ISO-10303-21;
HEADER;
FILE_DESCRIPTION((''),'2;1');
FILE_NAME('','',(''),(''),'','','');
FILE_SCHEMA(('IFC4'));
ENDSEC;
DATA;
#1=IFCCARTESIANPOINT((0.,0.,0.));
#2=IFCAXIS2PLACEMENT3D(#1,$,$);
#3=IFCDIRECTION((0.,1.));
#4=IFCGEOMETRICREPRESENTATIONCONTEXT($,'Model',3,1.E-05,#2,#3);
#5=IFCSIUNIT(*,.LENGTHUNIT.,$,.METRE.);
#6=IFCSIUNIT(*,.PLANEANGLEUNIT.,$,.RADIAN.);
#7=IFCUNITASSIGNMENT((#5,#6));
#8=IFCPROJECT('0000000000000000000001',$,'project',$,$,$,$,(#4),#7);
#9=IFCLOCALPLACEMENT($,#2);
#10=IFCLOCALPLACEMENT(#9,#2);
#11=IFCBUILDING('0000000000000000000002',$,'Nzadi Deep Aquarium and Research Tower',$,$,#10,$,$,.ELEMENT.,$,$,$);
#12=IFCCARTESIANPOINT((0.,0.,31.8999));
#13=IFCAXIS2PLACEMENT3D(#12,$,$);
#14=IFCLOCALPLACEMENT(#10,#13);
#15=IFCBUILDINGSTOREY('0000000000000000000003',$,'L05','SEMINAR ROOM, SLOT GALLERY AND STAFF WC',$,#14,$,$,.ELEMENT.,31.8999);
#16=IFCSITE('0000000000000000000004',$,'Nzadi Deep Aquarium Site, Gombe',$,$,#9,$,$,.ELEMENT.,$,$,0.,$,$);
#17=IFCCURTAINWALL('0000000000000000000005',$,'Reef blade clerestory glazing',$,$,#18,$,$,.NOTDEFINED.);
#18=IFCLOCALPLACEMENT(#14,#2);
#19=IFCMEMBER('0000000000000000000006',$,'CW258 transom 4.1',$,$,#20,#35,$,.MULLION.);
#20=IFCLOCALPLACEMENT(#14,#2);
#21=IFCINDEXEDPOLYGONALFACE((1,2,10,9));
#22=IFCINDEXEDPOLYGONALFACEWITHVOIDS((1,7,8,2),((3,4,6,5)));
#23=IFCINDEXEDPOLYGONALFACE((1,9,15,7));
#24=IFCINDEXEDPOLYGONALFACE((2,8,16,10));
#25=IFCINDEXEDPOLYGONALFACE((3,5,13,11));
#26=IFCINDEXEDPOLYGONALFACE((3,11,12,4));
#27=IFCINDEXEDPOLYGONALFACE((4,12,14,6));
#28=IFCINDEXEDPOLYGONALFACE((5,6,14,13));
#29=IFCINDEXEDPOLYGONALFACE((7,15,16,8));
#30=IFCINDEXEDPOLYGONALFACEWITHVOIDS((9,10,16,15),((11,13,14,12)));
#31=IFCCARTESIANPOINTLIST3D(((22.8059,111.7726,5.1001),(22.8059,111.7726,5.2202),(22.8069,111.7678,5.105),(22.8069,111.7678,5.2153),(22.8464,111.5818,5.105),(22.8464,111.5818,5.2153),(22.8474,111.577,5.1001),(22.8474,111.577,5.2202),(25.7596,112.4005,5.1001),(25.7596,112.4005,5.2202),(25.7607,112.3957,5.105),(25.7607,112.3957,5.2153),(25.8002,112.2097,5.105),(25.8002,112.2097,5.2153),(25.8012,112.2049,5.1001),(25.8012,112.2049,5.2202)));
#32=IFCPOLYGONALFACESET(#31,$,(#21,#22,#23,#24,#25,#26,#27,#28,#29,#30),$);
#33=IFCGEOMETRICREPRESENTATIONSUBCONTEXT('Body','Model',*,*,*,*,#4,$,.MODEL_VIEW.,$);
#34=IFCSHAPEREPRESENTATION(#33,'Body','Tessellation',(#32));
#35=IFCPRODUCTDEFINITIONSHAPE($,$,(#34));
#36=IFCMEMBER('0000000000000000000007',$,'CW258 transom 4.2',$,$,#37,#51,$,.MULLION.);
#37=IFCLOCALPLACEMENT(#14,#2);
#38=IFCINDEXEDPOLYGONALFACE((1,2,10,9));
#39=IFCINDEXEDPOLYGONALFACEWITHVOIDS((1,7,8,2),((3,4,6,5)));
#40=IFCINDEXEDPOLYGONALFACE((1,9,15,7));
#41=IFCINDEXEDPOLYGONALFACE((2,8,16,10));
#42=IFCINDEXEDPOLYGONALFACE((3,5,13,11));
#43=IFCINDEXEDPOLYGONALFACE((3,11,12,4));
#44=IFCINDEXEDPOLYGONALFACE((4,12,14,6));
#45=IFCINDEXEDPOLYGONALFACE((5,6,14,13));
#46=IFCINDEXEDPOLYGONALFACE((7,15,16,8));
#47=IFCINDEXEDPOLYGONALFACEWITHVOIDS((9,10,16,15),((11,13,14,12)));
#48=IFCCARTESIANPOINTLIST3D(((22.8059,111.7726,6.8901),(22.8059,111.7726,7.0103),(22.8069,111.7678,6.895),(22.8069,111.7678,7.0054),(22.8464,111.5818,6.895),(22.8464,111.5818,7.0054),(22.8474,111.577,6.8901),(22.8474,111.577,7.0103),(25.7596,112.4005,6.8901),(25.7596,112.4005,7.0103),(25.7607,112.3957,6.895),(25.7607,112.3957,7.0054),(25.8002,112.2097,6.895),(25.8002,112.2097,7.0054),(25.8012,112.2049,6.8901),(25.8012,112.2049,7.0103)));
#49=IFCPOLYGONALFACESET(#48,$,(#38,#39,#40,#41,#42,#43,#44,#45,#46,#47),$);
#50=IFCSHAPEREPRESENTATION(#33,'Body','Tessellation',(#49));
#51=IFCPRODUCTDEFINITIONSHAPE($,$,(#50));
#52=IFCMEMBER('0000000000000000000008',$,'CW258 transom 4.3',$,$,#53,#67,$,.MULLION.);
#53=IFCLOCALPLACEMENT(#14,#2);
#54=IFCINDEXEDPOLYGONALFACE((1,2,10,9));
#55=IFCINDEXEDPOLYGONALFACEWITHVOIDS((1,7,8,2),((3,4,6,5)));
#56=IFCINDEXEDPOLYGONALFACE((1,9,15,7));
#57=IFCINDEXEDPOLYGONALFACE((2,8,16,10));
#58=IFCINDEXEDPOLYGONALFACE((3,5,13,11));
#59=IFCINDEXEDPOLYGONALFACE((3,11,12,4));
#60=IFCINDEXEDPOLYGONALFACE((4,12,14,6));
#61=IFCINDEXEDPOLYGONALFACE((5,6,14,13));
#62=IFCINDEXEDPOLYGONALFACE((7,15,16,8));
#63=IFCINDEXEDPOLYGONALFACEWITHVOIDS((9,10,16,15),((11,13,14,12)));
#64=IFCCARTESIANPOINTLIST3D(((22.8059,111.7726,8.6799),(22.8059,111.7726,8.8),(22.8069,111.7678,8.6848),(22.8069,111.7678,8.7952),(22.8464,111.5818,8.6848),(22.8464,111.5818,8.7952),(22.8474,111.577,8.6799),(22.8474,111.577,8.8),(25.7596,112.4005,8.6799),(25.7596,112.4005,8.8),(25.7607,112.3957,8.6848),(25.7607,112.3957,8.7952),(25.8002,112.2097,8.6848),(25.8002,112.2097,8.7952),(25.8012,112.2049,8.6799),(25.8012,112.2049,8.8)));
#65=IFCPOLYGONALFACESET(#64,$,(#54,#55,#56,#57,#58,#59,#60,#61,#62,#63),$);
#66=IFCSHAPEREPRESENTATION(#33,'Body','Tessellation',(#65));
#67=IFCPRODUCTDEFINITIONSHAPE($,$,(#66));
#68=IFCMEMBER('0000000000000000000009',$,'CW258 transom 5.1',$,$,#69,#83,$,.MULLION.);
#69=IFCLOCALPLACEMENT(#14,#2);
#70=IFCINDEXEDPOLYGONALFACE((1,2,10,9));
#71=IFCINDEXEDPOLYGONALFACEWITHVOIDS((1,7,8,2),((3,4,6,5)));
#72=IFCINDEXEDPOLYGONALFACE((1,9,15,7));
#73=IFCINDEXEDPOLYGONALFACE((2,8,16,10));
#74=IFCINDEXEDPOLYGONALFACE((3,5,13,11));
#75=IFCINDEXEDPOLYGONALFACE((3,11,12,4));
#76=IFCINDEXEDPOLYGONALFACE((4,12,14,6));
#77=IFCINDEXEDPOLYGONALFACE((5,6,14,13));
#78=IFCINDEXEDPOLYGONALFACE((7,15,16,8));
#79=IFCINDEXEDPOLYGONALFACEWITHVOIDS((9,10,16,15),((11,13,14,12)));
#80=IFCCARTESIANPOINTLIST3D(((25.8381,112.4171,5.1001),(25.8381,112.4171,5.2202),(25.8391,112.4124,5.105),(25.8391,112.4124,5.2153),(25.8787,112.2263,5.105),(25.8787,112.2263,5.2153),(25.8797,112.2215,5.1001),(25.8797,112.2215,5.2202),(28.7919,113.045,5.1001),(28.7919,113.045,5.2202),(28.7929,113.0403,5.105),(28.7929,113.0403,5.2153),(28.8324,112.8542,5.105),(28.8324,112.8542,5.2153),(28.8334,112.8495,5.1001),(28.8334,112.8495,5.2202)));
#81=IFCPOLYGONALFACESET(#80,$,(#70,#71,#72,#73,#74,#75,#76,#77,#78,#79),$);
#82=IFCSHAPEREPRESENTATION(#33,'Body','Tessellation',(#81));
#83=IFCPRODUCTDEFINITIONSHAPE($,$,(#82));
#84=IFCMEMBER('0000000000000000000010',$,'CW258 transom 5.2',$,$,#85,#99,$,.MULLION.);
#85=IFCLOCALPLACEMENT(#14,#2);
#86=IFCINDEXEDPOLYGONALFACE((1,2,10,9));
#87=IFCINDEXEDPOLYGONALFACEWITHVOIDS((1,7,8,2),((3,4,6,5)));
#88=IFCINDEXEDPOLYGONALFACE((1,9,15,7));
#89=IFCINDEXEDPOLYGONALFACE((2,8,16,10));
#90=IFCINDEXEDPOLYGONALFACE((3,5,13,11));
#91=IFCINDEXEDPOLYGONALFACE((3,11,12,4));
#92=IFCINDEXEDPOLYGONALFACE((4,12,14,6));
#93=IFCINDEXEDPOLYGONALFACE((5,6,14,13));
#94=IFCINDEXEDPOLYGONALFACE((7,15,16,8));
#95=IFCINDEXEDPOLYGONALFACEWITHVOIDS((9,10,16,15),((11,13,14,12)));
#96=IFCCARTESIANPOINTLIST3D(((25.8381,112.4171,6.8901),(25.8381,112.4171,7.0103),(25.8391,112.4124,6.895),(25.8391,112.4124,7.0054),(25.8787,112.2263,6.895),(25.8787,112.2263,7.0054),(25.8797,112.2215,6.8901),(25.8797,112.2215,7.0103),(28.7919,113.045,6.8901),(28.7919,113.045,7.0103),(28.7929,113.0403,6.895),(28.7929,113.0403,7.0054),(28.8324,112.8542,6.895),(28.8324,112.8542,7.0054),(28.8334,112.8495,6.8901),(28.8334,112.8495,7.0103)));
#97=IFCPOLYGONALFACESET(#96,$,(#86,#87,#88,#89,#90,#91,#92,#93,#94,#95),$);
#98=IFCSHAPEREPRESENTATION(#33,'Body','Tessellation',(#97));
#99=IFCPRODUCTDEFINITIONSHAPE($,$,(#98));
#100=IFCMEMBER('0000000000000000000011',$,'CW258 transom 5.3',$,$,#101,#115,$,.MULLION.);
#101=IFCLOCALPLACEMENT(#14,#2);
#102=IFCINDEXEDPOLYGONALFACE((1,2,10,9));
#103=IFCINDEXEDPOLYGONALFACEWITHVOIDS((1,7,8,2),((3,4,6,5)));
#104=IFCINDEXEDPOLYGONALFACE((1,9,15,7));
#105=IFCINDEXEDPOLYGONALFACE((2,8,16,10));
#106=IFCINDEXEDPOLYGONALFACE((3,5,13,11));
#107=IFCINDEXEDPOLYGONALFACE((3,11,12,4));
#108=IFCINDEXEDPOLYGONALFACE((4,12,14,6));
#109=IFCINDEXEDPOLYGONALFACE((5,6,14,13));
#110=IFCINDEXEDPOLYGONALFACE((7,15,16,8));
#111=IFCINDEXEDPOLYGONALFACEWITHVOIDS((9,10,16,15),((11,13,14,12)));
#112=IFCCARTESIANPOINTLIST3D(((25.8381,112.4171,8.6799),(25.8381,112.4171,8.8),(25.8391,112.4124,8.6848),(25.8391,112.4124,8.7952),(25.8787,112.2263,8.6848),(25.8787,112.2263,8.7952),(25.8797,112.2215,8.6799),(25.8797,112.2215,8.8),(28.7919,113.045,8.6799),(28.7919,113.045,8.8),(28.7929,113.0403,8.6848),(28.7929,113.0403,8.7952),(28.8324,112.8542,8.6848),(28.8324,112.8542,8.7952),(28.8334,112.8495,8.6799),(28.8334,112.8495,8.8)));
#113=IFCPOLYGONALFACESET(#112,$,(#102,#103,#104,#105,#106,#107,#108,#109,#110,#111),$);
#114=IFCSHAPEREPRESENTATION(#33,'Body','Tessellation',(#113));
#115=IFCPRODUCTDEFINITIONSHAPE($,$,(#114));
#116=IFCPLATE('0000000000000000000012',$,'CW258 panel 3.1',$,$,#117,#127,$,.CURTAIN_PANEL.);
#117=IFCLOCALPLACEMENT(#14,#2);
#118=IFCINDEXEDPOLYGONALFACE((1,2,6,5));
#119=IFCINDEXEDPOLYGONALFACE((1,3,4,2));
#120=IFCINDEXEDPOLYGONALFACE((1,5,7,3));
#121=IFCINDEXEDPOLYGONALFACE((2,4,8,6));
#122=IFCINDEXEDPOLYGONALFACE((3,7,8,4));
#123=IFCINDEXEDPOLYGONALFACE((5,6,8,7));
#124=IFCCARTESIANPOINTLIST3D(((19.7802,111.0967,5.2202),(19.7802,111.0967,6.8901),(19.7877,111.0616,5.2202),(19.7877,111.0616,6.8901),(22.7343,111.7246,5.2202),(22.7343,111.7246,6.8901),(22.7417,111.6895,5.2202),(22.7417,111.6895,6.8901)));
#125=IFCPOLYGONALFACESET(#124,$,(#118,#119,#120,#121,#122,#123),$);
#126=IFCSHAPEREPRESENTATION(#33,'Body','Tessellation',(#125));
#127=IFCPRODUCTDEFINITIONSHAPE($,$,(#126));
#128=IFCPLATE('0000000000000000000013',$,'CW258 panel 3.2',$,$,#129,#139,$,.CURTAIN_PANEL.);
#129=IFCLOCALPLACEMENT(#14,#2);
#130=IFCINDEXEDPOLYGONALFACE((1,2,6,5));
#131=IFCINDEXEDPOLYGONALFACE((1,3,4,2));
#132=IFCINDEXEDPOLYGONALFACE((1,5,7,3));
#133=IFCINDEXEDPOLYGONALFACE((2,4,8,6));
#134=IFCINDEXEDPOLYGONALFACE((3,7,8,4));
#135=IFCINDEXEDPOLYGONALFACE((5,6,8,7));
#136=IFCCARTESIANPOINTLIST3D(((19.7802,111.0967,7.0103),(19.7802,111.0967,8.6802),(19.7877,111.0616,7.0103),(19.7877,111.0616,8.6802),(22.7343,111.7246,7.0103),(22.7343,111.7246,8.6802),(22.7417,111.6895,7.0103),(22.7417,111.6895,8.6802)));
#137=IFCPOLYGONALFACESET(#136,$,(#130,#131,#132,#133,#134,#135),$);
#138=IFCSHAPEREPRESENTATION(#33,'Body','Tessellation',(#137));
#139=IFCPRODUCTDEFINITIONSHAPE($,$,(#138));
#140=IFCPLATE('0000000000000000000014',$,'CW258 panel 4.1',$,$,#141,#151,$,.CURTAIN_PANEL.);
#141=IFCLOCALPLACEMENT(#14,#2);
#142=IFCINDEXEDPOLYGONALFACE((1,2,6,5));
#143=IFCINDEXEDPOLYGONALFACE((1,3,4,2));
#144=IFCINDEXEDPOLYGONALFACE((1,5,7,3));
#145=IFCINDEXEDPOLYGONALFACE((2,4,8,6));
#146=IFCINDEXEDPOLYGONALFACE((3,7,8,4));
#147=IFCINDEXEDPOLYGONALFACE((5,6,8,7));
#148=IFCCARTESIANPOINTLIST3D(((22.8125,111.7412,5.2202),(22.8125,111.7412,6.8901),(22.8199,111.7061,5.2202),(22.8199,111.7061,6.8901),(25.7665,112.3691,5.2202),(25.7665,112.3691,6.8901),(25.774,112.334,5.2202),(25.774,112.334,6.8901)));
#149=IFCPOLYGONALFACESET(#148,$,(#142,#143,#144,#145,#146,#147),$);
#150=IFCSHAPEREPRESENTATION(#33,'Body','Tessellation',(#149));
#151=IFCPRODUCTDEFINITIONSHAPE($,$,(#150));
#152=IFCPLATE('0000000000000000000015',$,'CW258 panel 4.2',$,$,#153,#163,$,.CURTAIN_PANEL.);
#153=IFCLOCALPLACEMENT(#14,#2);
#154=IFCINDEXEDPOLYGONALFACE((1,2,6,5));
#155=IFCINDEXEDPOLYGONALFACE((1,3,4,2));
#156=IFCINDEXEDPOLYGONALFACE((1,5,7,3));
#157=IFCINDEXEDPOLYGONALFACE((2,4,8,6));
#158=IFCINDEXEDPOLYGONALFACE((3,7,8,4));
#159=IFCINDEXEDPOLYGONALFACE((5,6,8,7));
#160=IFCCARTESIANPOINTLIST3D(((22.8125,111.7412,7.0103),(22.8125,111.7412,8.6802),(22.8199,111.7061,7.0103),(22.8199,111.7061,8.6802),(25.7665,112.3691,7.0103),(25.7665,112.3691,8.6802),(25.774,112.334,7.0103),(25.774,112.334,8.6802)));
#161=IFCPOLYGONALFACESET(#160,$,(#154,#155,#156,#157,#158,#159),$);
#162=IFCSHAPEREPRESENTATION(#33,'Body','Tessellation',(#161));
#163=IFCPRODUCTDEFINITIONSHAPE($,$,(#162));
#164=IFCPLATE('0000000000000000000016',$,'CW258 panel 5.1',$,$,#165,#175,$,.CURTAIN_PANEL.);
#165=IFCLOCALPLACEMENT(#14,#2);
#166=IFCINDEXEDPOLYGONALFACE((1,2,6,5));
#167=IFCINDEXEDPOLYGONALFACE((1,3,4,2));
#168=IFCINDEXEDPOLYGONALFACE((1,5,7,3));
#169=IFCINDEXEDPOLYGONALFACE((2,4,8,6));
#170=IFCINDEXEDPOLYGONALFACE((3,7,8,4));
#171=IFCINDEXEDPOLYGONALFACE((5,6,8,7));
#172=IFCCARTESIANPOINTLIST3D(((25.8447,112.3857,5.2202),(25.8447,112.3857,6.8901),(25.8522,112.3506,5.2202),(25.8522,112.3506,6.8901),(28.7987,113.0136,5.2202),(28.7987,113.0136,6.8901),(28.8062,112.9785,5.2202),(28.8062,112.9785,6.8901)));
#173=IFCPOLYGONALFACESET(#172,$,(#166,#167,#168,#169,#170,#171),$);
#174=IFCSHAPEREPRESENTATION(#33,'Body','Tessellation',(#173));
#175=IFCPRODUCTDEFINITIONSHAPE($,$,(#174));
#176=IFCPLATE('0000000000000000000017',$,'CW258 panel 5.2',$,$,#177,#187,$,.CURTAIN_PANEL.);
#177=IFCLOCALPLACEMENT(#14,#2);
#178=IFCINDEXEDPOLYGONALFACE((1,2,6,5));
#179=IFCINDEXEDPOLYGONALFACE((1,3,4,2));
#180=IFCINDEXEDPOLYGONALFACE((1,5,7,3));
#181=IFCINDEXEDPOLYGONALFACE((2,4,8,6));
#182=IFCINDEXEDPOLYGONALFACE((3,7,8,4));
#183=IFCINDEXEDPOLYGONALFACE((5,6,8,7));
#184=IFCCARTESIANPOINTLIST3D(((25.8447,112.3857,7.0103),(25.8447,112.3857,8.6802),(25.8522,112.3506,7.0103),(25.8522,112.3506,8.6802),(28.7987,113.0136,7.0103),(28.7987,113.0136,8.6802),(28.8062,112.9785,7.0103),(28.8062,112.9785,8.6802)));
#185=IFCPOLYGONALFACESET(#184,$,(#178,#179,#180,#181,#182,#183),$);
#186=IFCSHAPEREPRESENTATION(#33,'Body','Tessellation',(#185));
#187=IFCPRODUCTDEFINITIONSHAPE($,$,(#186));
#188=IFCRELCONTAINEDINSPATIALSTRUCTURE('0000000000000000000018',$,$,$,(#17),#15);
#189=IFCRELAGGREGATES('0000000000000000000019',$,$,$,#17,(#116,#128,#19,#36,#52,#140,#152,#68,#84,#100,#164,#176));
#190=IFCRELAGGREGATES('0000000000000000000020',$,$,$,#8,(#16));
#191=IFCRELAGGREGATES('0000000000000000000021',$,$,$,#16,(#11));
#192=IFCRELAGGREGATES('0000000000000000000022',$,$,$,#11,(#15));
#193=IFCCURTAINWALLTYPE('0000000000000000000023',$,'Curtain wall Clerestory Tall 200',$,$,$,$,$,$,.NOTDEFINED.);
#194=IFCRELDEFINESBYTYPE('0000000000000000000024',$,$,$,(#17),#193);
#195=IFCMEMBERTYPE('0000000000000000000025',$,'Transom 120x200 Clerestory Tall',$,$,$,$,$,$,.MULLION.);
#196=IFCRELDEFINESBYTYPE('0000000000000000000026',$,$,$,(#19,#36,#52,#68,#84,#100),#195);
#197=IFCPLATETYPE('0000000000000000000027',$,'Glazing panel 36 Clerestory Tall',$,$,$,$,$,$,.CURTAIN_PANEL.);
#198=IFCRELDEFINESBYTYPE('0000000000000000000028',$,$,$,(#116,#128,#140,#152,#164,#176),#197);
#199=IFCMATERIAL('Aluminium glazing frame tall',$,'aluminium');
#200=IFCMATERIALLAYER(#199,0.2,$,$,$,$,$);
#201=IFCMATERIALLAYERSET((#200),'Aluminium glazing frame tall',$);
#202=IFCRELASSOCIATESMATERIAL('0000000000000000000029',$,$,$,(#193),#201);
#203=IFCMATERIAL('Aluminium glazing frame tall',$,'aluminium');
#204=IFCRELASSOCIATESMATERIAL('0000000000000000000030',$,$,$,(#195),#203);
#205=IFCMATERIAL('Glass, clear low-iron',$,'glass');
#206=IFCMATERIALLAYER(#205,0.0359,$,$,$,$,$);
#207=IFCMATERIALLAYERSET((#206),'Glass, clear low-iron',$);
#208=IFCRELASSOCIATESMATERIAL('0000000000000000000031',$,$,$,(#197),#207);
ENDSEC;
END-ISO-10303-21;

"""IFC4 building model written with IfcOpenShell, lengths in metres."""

from ifc_helpers import new_model, si_unit, direction, frame, origin, origin_2d, place, context, subcontext, project, spatial, rectangle, hollow_rectangle, extrude, material, layer, layer_set, material_profile, profile_set, type_object, element, aggregate, save


model = new_model("IFC4")

# Units and contexts
model_context = context("Model", 3, precision=1e-05, world=origin(), true_north=direction((0.0, 1.0)))
body_context = subcontext(model_context, "Body", "Model", "MODEL_VIEW")
ifc_project = project(units=[si_unit("LENGTHUNIT", "METRE"), si_unit("PLANEANGLEUNIT", "RADIAN")], contexts=[model_context])

# Site, building, storey
site_placement = place(None, origin())
site = spatial("IfcSite", under=ifc_project, at=site_placement, Name="Nzadi Deep Aquarium Site, Gombe", CompositionType="ELEMENT", RefElevation=0.0)
building_placement = place(site_placement, origin())
building = spatial("IfcBuilding", under=site, at=building_placement, Name="Nzadi Deep Aquarium and Research Tower", CompositionType="ELEMENT")
storey_placement = place(building_placement, frame((0.0, 0.0, 31.8999)))
storey = spatial("IfcBuildingStorey", under=building, at=storey_placement, Name="L05", Description="SEMINAR ROOM, SLOT GALLERY AND STAFF WC", CompositionType="ELEMENT", Elevation=31.8999)

# Curtain wall
ifc_material_1 = material(Name="Aluminium glazing frame tall", Category="aluminium")
ifc_layer_1 = layer(ifc_material_1, 0.2)
ifc_layer_set_1 = layer_set([ifc_layer_1], Name="Aluminium glazing frame tall")
curtain_wall_type = type_object("IfcCurtainWallType", Name="Curtain wall Clerestory Tall 200", PredefinedType="NOTDEFINED", material=ifc_layer_set_1)
curtain_wall_placement = place(storey_placement, origin())
curtain_wall = element("IfcCurtainWall", 1, at=curtain_wall_placement, inside=storey, type_object=curtain_wall_type, Name="Reef blade clerestory glazing", PredefinedType="NOTDEFINED")

# Members
ifc_material_2 = material(Name="Aluminium glazing frame tall", Category="aluminium")
ifc_material_profile_1 = material_profile(ifc_material_2, hollow_rectangle(XDim=0.2, YDim=0.1201, WallThickness=0.0049, at=origin_2d()))
ifc_profile_set_1 = profile_set([ifc_material_profile_1], Name="Aluminium glazing frame tall")
member_type_1 = type_object("IfcMemberType", Name="Transom 120x200 Clerestory Tall", PredefinedType="MULLION", material=ifc_profile_set_1)
member_1_placement = place(storey_placement, frame((22.8267, 111.6748, 5.1602), z_axis=(0.978143, 0.207933, 0.0), x_axis=(-0.207933, 0.978143, 0.0)))
member_1 = element("IfcMember", 2, at=member_1_placement, type_object=member_type_1, Name="CW258 transom 4.1", PredefinedType="MULLION", context=body_context, shape_type="SweptSolid", body=[
    extrude(hollow_rectangle(XDim=0.2, YDim=0.1201, WallThickness=0.0049, at=origin_2d()), origin(), (0.0, 0.0, 1.0), 3.0198),
])
member_2_placement = place(storey_placement, frame((22.8267, 111.6748, 6.9502), z_axis=(0.978143, 0.207933, 0.0), x_axis=(-0.207933, 0.978143, 0.0)))
member_2 = element("IfcMember", 3, at=member_2_placement, type_object=member_type_1, Name="CW258 transom 4.2", PredefinedType="MULLION", context=body_context, shape_type="SweptSolid", body=[
    extrude(hollow_rectangle(XDim=0.2, YDim=0.1201, WallThickness=0.0049, at=origin_2d()), origin(), (0.0, 0.0, 1.0), 3.0198),
])
member_3_placement = place(storey_placement, frame((22.8267, 111.6748, 8.74), z_axis=(0.978143, 0.207933, 0.0), x_axis=(-0.207933, 0.978143, 0.0)))
member_3 = element("IfcMember", 4, at=member_3_placement, type_object=member_type_1, Name="CW258 transom 4.3", PredefinedType="MULLION", context=body_context, shape_type="SweptSolid", body=[
    extrude(hollow_rectangle(XDim=0.2, YDim=0.1201, WallThickness=0.0049, at=origin_2d()), origin(), (0.0, 0.0, 1.0), 3.0198),
])
member_4_placement = place(storey_placement, frame((25.8589, 112.3193, 5.1602), z_axis=(0.978143, 0.207933, 0.0), x_axis=(-0.207933, 0.978143, 0.0)))
member_4 = element("IfcMember", 5, at=member_4_placement, type_object=member_type_1, Name="CW258 transom 5.1", PredefinedType="MULLION", context=body_context, shape_type="SweptSolid", body=[
    extrude(hollow_rectangle(XDim=0.2, YDim=0.1201, WallThickness=0.0049, at=origin_2d()), origin(), (0.0, 0.0, 1.0), 3.0198),
])
member_5_placement = place(storey_placement, frame((25.8589, 112.3193, 6.9502), z_axis=(0.978143, 0.207933, 0.0), x_axis=(-0.207933, 0.978143, 0.0)))
member_5 = element("IfcMember", 6, at=member_5_placement, type_object=member_type_1, Name="CW258 transom 5.2", PredefinedType="MULLION", context=body_context, shape_type="SweptSolid", body=[
    extrude(hollow_rectangle(XDim=0.2, YDim=0.1201, WallThickness=0.0049, at=origin_2d()), origin(), (0.0, 0.0, 1.0), 3.0198),
])
member_6_placement = place(storey_placement, frame((25.8589, 112.3193, 8.74), z_axis=(0.978143, 0.207933, 0.0), x_axis=(-0.207933, 0.978143, 0.0)))
member_6 = element("IfcMember", 7, at=member_6_placement, type_object=member_type_1, Name="CW258 transom 5.3", PredefinedType="MULLION", context=body_context, shape_type="SweptSolid", body=[
    extrude(hollow_rectangle(XDim=0.2, YDim=0.1201, WallThickness=0.0049, at=origin_2d()), origin(), (0.0, 0.0, 1.0), 3.0198),
])

# Plates
ifc_material_3 = material(Name="Glass, clear low-iron", Category="glass")
ifc_layer_2 = layer(ifc_material_3, 0.0359)
ifc_layer_set_2 = layer_set([ifc_layer_2], Name="Glass, clear low-iron")
plate_type = type_object("IfcPlateType", Name="Glazing panel 36 Clerestory Tall", PredefinedType="CURTAIN_PANEL", material=ifc_layer_set_2)
plate_1_placement = place(storey_placement, frame((21.261, 111.3931, 5.2202), z_axis=(0.0, 0.0, 1.0), x_axis=(0.978148, 0.207912, 0.0)))
plate_1 = element("IfcPlate", 8, at=plate_1_placement, type_object=plate_type, Name="CW258 panel 3.1", PredefinedType="CURTAIN_PANEL", context=body_context, shape_type="SweptSolid", body=[
    extrude(rectangle(XDim=3.02, YDim=0.0359, at=origin_2d()), origin(), (0.0, 0.0, 1.0), 1.6699),
])
plate_2_placement = place(storey_placement, frame((21.261, 111.3931, 7.0103), z_axis=(0.0, 0.0, 1.0), x_axis=(0.978148, 0.207912, 0.0)))
plate_2 = element("IfcPlate", 9, at=plate_2_placement, type_object=plate_type, Name="CW258 panel 3.2", PredefinedType="CURTAIN_PANEL", context=body_context, shape_type="SweptSolid", body=[
    extrude(rectangle(XDim=3.02, YDim=0.0359, at=origin_2d()), origin(), (0.0, 0.0, 1.0), 1.6699),
])
plate_3_placement = place(storey_placement, frame((24.2932, 112.0376, 5.2202), z_axis=(0.0, 0.0, 1.0), x_axis=(0.978148, 0.207912, 0.0)))
plate_3 = element("IfcPlate", 10, at=plate_3_placement, type_object=plate_type, Name="CW258 panel 4.1", PredefinedType="CURTAIN_PANEL", context=body_context, shape_type="SweptSolid", body=[
    extrude(rectangle(XDim=3.02, YDim=0.0359, at=origin_2d()), origin(), (0.0, 0.0, 1.0), 1.6699),
])
plate_4_placement = place(storey_placement, frame((24.2932, 112.0376, 7.0103), z_axis=(0.0, 0.0, 1.0), x_axis=(0.978148, 0.207912, 0.0)))
plate_4 = element("IfcPlate", 11, at=plate_4_placement, type_object=plate_type, Name="CW258 panel 4.2", PredefinedType="CURTAIN_PANEL", context=body_context, shape_type="SweptSolid", body=[
    extrude(rectangle(XDim=3.02, YDim=0.0359, at=origin_2d()), origin(), (0.0, 0.0, 1.0), 1.6699),
])
plate_5_placement = place(storey_placement, frame((27.3254, 112.6821, 5.2202), z_axis=(0.0, 0.0, 1.0), x_axis=(0.978148, 0.207912, 0.0)))
plate_5 = element("IfcPlate", 12, at=plate_5_placement, type_object=plate_type, Name="CW258 panel 5.1", PredefinedType="CURTAIN_PANEL", context=body_context, shape_type="SweptSolid", body=[
    extrude(rectangle(XDim=3.02, YDim=0.0359, at=origin_2d()), origin(), (0.0, 0.0, 1.0), 1.6699),
])
plate_6_placement = place(storey_placement, frame((27.3254, 112.6821, 7.0103), z_axis=(0.0, 0.0, 1.0), x_axis=(0.978148, 0.207912, 0.0)))
plate_6 = element("IfcPlate", 13, at=plate_6_placement, type_object=plate_type, Name="CW258 panel 5.2", PredefinedType="CURTAIN_PANEL", context=body_context, shape_type="SweptSolid", body=[
    extrude(rectangle(XDim=3.02, YDim=0.0359, at=origin_2d()), origin(), (0.0, 0.0, 1.0), 1.6699),
])
aggregate(curtain_wall, [plate_1, plate_2, member_1, member_2, member_3, plate_3, plate_4, member_4, member_5, member_6, plate_5, plate_6])

save(model, "model.ifc")
